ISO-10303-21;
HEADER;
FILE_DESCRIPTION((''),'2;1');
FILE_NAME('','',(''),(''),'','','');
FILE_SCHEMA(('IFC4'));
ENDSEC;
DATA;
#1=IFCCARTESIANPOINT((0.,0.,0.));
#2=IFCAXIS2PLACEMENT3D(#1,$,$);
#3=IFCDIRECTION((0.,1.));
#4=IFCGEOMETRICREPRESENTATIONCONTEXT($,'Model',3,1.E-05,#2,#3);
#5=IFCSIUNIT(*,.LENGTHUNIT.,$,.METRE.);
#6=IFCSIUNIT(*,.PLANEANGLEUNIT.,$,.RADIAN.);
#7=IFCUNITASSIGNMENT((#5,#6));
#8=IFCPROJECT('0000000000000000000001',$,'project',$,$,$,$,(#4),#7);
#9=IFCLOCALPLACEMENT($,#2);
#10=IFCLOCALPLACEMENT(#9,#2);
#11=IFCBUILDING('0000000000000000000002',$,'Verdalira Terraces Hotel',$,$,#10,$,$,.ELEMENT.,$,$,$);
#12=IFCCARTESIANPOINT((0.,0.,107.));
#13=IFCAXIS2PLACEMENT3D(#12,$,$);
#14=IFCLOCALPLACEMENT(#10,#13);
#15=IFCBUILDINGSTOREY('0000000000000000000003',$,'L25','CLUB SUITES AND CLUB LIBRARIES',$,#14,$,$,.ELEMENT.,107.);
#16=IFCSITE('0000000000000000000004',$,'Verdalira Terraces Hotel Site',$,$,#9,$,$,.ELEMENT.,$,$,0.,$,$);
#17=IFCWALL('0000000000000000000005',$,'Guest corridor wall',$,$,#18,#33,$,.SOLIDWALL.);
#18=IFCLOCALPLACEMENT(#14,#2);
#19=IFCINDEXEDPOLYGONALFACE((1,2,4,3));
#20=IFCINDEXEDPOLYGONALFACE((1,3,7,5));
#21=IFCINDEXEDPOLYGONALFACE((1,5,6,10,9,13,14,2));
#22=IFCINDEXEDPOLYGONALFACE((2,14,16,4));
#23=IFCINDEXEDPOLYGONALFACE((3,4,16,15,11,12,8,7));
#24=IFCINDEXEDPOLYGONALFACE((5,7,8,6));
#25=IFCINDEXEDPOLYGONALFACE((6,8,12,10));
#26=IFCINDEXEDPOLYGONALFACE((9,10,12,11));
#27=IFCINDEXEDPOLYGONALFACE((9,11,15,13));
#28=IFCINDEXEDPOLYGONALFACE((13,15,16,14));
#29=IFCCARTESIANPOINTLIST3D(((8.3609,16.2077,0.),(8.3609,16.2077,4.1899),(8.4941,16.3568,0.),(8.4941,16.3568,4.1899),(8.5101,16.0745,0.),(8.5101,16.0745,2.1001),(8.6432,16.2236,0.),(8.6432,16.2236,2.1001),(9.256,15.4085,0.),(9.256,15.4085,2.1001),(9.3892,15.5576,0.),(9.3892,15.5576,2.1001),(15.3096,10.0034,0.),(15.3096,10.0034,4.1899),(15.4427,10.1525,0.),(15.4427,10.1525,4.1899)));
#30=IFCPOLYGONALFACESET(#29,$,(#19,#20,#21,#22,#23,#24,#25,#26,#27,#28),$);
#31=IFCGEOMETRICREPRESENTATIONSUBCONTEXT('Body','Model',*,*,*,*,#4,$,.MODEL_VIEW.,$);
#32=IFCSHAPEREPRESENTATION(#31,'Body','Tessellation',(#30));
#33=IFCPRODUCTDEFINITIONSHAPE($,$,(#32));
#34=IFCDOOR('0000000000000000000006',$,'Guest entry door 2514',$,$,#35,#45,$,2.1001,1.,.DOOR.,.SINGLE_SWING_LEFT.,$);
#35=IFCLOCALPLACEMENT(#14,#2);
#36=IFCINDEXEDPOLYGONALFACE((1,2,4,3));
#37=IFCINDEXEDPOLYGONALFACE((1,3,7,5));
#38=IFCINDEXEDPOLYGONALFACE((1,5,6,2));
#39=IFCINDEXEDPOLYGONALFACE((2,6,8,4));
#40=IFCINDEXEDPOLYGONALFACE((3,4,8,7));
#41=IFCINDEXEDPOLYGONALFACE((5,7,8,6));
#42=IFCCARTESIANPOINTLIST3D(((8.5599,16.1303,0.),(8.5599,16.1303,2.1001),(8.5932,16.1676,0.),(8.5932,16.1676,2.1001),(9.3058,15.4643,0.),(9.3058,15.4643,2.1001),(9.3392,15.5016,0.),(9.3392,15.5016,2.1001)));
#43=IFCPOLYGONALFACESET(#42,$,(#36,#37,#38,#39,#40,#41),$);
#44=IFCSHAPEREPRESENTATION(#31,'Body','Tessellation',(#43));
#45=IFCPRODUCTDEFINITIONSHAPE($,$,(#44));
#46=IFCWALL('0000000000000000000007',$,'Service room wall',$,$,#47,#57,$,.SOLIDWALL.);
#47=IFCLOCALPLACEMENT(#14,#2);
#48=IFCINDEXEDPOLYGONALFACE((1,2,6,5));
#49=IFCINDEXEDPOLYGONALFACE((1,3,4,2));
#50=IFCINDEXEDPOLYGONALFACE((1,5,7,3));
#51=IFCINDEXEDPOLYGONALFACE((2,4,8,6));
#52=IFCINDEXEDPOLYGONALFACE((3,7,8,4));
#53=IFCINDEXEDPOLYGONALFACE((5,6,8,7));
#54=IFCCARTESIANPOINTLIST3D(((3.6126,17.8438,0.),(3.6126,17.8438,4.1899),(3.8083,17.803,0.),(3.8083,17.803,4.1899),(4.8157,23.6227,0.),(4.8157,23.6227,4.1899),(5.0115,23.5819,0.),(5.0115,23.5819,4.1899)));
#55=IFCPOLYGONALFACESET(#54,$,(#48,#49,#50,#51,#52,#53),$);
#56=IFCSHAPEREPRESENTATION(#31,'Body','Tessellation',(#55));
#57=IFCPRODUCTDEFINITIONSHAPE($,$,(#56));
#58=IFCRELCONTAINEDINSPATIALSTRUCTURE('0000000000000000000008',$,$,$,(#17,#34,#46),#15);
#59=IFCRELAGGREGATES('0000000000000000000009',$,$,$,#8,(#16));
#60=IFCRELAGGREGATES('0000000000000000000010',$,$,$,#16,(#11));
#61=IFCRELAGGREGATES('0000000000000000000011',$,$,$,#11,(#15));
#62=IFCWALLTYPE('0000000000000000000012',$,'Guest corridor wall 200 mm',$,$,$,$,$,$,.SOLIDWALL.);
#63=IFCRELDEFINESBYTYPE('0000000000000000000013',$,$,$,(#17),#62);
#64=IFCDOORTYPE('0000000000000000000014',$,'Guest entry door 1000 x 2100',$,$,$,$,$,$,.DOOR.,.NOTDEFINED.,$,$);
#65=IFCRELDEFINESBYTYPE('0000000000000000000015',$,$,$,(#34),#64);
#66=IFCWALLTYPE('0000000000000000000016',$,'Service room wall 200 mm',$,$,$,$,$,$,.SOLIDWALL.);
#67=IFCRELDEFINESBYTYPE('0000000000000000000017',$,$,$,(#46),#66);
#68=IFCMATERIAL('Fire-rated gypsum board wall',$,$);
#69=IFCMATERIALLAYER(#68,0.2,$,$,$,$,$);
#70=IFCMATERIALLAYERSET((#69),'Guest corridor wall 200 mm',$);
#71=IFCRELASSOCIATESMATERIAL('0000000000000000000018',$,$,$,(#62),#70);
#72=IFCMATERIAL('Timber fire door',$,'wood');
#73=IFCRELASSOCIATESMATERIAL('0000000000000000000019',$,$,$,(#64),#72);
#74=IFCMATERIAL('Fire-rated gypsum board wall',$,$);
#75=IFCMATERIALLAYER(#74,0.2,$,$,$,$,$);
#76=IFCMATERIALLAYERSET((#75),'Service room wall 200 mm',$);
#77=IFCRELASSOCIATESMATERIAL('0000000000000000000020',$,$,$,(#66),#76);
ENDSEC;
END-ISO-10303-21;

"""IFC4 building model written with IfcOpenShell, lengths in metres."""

from ifc_helpers import new_model, si_unit, direction, frame, frame_2d, origin, place, context, subcontext, project, spatial, rectangle, extrude, material, layer, layer_set, type_object, element, fill, save


model = new_model("IFC4")

# Units and contexts
model_context = context("Model", 3, precision=1e-05, world=origin(), true_north=direction((0.0, 1.0)))
body_context = subcontext(model_context, "Body", "Model", "MODEL_VIEW")
ifc_project = project(units=[si_unit("LENGTHUNIT", "METRE"), si_unit("PLANEANGLEUNIT", "RADIAN")], contexts=[model_context])

# Site, building, storey
site_placement = place(None, origin())
site = spatial("IfcSite", under=ifc_project, at=site_placement, Name="Verdalira Terraces Hotel Site", CompositionType="ELEMENT", RefElevation=0.0)
building_placement = place(site_placement, origin())
building = spatial("IfcBuilding", under=site, at=building_placement, Name="Verdalira Terraces Hotel", CompositionType="ELEMENT")
storey_placement = place(building_placement, frame((0.0, 0.0, 107.0)))
storey = spatial("IfcBuildingStorey", under=building, at=storey_placement, Name="L25", Description="CLUB SUITES AND CLUB LIBRARIES", CompositionType="ELEMENT", Elevation=107.0)

# Wall, opening, door
ifc_material_1 = material(Name="Fire-rated gypsum board wall")
ifc_layer_1 = layer(ifc_material_1, 0.2)
ifc_layer_set_1 = layer_set([ifc_layer_1], Name="Guest corridor wall 200 mm")
wall_type_1 = type_object("IfcWallType", Name="Guest corridor wall 200 mm", PredefinedType="SOLIDWALL", material=ifc_layer_set_1)
wall_1_placement = place(storey_placement, frame((8.4275, 16.2822, 0.0), z_axis=(0.0, 0.0, 1.0), x_axis=(0.745931, -0.666023, 0.0)))
wall_1 = element("IfcWall", 1, at=wall_1_placement, inside=storey, type_object=wall_type_1, Name="Guest corridor wall", PredefinedType="SOLIDWALL", context=body_context, shape_type="SweptSolid", body=[
    extrude(rectangle(XDim=9.3154, YDim=0.2, at=frame_2d((4.6577, 0.0))), origin(), (0.0, 0.0, 1.0), 4.1899),
])
opening_1_placement = place(wall_1_placement, frame((0.2, 0.0, 0.0)))
opening_1 = element("IfcOpeningElement", 2, at=opening_1_placement, cuts=wall_1, PredefinedType="OPENING", context=body_context, shape_type="SweptSolid", body=[
    extrude(rectangle(XDim=1.0, YDim=2.1001, at=frame_2d((0.5, 1.05))), frame((0.0, 0.1099, 0.0), z_axis=(0.0, -1.0, 0.0), x_axis=(1.0, 0.0, 0.0)), (0.0, 0.0, 1.0), 0.22),
])
ifc_material_2 = material(Name="Timber fire door", Category="wood")
door_type_1 = type_object("IfcDoorType", Name="Guest entry door 1000 x 2100", OperationType="NOTDEFINED", PredefinedType="DOOR", material=ifc_material_2)
door_1_placement = place(opening_1_placement, origin())
door_1 = element("IfcDoor", 3, at=door_1_placement, inside=storey, type_object=door_type_1, Name="Guest entry door 2514", OperationType="SINGLE_SWING_LEFT", OverallHeight=2.1001, OverallWidth=1.0, PredefinedType="DOOR", context=body_context, shape_type="SweptSolid", body=[
    extrude(rectangle(XDim=1.0, YDim=2.1001, at=frame_2d((0.5, 1.05))), frame((0.0, 0.0249, 0.0), z_axis=(0.0, -1.0, 0.0), x_axis=(1.0, 0.0, 0.0)), (0.0, 0.0, 1.0), 0.05),
])
fill(opening_1, door_1)

# Wall
ifc_material_3 = material(Name="Fire-rated gypsum board wall")
ifc_layer_2 = layer(ifc_material_3, 0.2)
ifc_layer_set_2 = layer_set([ifc_layer_2], Name="Service room wall 200 mm")
wall_type_2 = type_object("IfcWallType", Name="Service room wall 200 mm", PredefinedType="SOLIDWALL", material=ifc_layer_set_2)
wall_2_placement = place(storey_placement, frame((4.9136, 23.6023, 0.0), z_axis=(0.0, 0.0, 1.0), x_axis=(-0.203825, -0.979007, 0.0)))
element("IfcWall", 4, at=wall_2_placement, inside=storey, type_object=wall_type_2, Name="Service room wall", PredefinedType="SOLIDWALL", context=body_context, shape_type="SweptSolid", body=[
    extrude(rectangle(XDim=5.9028, YDim=0.2, at=frame_2d((2.9514, 0.0))), origin(), (0.0, 0.0, 1.0), 4.1899),
])

save(model, "model.ifc")
